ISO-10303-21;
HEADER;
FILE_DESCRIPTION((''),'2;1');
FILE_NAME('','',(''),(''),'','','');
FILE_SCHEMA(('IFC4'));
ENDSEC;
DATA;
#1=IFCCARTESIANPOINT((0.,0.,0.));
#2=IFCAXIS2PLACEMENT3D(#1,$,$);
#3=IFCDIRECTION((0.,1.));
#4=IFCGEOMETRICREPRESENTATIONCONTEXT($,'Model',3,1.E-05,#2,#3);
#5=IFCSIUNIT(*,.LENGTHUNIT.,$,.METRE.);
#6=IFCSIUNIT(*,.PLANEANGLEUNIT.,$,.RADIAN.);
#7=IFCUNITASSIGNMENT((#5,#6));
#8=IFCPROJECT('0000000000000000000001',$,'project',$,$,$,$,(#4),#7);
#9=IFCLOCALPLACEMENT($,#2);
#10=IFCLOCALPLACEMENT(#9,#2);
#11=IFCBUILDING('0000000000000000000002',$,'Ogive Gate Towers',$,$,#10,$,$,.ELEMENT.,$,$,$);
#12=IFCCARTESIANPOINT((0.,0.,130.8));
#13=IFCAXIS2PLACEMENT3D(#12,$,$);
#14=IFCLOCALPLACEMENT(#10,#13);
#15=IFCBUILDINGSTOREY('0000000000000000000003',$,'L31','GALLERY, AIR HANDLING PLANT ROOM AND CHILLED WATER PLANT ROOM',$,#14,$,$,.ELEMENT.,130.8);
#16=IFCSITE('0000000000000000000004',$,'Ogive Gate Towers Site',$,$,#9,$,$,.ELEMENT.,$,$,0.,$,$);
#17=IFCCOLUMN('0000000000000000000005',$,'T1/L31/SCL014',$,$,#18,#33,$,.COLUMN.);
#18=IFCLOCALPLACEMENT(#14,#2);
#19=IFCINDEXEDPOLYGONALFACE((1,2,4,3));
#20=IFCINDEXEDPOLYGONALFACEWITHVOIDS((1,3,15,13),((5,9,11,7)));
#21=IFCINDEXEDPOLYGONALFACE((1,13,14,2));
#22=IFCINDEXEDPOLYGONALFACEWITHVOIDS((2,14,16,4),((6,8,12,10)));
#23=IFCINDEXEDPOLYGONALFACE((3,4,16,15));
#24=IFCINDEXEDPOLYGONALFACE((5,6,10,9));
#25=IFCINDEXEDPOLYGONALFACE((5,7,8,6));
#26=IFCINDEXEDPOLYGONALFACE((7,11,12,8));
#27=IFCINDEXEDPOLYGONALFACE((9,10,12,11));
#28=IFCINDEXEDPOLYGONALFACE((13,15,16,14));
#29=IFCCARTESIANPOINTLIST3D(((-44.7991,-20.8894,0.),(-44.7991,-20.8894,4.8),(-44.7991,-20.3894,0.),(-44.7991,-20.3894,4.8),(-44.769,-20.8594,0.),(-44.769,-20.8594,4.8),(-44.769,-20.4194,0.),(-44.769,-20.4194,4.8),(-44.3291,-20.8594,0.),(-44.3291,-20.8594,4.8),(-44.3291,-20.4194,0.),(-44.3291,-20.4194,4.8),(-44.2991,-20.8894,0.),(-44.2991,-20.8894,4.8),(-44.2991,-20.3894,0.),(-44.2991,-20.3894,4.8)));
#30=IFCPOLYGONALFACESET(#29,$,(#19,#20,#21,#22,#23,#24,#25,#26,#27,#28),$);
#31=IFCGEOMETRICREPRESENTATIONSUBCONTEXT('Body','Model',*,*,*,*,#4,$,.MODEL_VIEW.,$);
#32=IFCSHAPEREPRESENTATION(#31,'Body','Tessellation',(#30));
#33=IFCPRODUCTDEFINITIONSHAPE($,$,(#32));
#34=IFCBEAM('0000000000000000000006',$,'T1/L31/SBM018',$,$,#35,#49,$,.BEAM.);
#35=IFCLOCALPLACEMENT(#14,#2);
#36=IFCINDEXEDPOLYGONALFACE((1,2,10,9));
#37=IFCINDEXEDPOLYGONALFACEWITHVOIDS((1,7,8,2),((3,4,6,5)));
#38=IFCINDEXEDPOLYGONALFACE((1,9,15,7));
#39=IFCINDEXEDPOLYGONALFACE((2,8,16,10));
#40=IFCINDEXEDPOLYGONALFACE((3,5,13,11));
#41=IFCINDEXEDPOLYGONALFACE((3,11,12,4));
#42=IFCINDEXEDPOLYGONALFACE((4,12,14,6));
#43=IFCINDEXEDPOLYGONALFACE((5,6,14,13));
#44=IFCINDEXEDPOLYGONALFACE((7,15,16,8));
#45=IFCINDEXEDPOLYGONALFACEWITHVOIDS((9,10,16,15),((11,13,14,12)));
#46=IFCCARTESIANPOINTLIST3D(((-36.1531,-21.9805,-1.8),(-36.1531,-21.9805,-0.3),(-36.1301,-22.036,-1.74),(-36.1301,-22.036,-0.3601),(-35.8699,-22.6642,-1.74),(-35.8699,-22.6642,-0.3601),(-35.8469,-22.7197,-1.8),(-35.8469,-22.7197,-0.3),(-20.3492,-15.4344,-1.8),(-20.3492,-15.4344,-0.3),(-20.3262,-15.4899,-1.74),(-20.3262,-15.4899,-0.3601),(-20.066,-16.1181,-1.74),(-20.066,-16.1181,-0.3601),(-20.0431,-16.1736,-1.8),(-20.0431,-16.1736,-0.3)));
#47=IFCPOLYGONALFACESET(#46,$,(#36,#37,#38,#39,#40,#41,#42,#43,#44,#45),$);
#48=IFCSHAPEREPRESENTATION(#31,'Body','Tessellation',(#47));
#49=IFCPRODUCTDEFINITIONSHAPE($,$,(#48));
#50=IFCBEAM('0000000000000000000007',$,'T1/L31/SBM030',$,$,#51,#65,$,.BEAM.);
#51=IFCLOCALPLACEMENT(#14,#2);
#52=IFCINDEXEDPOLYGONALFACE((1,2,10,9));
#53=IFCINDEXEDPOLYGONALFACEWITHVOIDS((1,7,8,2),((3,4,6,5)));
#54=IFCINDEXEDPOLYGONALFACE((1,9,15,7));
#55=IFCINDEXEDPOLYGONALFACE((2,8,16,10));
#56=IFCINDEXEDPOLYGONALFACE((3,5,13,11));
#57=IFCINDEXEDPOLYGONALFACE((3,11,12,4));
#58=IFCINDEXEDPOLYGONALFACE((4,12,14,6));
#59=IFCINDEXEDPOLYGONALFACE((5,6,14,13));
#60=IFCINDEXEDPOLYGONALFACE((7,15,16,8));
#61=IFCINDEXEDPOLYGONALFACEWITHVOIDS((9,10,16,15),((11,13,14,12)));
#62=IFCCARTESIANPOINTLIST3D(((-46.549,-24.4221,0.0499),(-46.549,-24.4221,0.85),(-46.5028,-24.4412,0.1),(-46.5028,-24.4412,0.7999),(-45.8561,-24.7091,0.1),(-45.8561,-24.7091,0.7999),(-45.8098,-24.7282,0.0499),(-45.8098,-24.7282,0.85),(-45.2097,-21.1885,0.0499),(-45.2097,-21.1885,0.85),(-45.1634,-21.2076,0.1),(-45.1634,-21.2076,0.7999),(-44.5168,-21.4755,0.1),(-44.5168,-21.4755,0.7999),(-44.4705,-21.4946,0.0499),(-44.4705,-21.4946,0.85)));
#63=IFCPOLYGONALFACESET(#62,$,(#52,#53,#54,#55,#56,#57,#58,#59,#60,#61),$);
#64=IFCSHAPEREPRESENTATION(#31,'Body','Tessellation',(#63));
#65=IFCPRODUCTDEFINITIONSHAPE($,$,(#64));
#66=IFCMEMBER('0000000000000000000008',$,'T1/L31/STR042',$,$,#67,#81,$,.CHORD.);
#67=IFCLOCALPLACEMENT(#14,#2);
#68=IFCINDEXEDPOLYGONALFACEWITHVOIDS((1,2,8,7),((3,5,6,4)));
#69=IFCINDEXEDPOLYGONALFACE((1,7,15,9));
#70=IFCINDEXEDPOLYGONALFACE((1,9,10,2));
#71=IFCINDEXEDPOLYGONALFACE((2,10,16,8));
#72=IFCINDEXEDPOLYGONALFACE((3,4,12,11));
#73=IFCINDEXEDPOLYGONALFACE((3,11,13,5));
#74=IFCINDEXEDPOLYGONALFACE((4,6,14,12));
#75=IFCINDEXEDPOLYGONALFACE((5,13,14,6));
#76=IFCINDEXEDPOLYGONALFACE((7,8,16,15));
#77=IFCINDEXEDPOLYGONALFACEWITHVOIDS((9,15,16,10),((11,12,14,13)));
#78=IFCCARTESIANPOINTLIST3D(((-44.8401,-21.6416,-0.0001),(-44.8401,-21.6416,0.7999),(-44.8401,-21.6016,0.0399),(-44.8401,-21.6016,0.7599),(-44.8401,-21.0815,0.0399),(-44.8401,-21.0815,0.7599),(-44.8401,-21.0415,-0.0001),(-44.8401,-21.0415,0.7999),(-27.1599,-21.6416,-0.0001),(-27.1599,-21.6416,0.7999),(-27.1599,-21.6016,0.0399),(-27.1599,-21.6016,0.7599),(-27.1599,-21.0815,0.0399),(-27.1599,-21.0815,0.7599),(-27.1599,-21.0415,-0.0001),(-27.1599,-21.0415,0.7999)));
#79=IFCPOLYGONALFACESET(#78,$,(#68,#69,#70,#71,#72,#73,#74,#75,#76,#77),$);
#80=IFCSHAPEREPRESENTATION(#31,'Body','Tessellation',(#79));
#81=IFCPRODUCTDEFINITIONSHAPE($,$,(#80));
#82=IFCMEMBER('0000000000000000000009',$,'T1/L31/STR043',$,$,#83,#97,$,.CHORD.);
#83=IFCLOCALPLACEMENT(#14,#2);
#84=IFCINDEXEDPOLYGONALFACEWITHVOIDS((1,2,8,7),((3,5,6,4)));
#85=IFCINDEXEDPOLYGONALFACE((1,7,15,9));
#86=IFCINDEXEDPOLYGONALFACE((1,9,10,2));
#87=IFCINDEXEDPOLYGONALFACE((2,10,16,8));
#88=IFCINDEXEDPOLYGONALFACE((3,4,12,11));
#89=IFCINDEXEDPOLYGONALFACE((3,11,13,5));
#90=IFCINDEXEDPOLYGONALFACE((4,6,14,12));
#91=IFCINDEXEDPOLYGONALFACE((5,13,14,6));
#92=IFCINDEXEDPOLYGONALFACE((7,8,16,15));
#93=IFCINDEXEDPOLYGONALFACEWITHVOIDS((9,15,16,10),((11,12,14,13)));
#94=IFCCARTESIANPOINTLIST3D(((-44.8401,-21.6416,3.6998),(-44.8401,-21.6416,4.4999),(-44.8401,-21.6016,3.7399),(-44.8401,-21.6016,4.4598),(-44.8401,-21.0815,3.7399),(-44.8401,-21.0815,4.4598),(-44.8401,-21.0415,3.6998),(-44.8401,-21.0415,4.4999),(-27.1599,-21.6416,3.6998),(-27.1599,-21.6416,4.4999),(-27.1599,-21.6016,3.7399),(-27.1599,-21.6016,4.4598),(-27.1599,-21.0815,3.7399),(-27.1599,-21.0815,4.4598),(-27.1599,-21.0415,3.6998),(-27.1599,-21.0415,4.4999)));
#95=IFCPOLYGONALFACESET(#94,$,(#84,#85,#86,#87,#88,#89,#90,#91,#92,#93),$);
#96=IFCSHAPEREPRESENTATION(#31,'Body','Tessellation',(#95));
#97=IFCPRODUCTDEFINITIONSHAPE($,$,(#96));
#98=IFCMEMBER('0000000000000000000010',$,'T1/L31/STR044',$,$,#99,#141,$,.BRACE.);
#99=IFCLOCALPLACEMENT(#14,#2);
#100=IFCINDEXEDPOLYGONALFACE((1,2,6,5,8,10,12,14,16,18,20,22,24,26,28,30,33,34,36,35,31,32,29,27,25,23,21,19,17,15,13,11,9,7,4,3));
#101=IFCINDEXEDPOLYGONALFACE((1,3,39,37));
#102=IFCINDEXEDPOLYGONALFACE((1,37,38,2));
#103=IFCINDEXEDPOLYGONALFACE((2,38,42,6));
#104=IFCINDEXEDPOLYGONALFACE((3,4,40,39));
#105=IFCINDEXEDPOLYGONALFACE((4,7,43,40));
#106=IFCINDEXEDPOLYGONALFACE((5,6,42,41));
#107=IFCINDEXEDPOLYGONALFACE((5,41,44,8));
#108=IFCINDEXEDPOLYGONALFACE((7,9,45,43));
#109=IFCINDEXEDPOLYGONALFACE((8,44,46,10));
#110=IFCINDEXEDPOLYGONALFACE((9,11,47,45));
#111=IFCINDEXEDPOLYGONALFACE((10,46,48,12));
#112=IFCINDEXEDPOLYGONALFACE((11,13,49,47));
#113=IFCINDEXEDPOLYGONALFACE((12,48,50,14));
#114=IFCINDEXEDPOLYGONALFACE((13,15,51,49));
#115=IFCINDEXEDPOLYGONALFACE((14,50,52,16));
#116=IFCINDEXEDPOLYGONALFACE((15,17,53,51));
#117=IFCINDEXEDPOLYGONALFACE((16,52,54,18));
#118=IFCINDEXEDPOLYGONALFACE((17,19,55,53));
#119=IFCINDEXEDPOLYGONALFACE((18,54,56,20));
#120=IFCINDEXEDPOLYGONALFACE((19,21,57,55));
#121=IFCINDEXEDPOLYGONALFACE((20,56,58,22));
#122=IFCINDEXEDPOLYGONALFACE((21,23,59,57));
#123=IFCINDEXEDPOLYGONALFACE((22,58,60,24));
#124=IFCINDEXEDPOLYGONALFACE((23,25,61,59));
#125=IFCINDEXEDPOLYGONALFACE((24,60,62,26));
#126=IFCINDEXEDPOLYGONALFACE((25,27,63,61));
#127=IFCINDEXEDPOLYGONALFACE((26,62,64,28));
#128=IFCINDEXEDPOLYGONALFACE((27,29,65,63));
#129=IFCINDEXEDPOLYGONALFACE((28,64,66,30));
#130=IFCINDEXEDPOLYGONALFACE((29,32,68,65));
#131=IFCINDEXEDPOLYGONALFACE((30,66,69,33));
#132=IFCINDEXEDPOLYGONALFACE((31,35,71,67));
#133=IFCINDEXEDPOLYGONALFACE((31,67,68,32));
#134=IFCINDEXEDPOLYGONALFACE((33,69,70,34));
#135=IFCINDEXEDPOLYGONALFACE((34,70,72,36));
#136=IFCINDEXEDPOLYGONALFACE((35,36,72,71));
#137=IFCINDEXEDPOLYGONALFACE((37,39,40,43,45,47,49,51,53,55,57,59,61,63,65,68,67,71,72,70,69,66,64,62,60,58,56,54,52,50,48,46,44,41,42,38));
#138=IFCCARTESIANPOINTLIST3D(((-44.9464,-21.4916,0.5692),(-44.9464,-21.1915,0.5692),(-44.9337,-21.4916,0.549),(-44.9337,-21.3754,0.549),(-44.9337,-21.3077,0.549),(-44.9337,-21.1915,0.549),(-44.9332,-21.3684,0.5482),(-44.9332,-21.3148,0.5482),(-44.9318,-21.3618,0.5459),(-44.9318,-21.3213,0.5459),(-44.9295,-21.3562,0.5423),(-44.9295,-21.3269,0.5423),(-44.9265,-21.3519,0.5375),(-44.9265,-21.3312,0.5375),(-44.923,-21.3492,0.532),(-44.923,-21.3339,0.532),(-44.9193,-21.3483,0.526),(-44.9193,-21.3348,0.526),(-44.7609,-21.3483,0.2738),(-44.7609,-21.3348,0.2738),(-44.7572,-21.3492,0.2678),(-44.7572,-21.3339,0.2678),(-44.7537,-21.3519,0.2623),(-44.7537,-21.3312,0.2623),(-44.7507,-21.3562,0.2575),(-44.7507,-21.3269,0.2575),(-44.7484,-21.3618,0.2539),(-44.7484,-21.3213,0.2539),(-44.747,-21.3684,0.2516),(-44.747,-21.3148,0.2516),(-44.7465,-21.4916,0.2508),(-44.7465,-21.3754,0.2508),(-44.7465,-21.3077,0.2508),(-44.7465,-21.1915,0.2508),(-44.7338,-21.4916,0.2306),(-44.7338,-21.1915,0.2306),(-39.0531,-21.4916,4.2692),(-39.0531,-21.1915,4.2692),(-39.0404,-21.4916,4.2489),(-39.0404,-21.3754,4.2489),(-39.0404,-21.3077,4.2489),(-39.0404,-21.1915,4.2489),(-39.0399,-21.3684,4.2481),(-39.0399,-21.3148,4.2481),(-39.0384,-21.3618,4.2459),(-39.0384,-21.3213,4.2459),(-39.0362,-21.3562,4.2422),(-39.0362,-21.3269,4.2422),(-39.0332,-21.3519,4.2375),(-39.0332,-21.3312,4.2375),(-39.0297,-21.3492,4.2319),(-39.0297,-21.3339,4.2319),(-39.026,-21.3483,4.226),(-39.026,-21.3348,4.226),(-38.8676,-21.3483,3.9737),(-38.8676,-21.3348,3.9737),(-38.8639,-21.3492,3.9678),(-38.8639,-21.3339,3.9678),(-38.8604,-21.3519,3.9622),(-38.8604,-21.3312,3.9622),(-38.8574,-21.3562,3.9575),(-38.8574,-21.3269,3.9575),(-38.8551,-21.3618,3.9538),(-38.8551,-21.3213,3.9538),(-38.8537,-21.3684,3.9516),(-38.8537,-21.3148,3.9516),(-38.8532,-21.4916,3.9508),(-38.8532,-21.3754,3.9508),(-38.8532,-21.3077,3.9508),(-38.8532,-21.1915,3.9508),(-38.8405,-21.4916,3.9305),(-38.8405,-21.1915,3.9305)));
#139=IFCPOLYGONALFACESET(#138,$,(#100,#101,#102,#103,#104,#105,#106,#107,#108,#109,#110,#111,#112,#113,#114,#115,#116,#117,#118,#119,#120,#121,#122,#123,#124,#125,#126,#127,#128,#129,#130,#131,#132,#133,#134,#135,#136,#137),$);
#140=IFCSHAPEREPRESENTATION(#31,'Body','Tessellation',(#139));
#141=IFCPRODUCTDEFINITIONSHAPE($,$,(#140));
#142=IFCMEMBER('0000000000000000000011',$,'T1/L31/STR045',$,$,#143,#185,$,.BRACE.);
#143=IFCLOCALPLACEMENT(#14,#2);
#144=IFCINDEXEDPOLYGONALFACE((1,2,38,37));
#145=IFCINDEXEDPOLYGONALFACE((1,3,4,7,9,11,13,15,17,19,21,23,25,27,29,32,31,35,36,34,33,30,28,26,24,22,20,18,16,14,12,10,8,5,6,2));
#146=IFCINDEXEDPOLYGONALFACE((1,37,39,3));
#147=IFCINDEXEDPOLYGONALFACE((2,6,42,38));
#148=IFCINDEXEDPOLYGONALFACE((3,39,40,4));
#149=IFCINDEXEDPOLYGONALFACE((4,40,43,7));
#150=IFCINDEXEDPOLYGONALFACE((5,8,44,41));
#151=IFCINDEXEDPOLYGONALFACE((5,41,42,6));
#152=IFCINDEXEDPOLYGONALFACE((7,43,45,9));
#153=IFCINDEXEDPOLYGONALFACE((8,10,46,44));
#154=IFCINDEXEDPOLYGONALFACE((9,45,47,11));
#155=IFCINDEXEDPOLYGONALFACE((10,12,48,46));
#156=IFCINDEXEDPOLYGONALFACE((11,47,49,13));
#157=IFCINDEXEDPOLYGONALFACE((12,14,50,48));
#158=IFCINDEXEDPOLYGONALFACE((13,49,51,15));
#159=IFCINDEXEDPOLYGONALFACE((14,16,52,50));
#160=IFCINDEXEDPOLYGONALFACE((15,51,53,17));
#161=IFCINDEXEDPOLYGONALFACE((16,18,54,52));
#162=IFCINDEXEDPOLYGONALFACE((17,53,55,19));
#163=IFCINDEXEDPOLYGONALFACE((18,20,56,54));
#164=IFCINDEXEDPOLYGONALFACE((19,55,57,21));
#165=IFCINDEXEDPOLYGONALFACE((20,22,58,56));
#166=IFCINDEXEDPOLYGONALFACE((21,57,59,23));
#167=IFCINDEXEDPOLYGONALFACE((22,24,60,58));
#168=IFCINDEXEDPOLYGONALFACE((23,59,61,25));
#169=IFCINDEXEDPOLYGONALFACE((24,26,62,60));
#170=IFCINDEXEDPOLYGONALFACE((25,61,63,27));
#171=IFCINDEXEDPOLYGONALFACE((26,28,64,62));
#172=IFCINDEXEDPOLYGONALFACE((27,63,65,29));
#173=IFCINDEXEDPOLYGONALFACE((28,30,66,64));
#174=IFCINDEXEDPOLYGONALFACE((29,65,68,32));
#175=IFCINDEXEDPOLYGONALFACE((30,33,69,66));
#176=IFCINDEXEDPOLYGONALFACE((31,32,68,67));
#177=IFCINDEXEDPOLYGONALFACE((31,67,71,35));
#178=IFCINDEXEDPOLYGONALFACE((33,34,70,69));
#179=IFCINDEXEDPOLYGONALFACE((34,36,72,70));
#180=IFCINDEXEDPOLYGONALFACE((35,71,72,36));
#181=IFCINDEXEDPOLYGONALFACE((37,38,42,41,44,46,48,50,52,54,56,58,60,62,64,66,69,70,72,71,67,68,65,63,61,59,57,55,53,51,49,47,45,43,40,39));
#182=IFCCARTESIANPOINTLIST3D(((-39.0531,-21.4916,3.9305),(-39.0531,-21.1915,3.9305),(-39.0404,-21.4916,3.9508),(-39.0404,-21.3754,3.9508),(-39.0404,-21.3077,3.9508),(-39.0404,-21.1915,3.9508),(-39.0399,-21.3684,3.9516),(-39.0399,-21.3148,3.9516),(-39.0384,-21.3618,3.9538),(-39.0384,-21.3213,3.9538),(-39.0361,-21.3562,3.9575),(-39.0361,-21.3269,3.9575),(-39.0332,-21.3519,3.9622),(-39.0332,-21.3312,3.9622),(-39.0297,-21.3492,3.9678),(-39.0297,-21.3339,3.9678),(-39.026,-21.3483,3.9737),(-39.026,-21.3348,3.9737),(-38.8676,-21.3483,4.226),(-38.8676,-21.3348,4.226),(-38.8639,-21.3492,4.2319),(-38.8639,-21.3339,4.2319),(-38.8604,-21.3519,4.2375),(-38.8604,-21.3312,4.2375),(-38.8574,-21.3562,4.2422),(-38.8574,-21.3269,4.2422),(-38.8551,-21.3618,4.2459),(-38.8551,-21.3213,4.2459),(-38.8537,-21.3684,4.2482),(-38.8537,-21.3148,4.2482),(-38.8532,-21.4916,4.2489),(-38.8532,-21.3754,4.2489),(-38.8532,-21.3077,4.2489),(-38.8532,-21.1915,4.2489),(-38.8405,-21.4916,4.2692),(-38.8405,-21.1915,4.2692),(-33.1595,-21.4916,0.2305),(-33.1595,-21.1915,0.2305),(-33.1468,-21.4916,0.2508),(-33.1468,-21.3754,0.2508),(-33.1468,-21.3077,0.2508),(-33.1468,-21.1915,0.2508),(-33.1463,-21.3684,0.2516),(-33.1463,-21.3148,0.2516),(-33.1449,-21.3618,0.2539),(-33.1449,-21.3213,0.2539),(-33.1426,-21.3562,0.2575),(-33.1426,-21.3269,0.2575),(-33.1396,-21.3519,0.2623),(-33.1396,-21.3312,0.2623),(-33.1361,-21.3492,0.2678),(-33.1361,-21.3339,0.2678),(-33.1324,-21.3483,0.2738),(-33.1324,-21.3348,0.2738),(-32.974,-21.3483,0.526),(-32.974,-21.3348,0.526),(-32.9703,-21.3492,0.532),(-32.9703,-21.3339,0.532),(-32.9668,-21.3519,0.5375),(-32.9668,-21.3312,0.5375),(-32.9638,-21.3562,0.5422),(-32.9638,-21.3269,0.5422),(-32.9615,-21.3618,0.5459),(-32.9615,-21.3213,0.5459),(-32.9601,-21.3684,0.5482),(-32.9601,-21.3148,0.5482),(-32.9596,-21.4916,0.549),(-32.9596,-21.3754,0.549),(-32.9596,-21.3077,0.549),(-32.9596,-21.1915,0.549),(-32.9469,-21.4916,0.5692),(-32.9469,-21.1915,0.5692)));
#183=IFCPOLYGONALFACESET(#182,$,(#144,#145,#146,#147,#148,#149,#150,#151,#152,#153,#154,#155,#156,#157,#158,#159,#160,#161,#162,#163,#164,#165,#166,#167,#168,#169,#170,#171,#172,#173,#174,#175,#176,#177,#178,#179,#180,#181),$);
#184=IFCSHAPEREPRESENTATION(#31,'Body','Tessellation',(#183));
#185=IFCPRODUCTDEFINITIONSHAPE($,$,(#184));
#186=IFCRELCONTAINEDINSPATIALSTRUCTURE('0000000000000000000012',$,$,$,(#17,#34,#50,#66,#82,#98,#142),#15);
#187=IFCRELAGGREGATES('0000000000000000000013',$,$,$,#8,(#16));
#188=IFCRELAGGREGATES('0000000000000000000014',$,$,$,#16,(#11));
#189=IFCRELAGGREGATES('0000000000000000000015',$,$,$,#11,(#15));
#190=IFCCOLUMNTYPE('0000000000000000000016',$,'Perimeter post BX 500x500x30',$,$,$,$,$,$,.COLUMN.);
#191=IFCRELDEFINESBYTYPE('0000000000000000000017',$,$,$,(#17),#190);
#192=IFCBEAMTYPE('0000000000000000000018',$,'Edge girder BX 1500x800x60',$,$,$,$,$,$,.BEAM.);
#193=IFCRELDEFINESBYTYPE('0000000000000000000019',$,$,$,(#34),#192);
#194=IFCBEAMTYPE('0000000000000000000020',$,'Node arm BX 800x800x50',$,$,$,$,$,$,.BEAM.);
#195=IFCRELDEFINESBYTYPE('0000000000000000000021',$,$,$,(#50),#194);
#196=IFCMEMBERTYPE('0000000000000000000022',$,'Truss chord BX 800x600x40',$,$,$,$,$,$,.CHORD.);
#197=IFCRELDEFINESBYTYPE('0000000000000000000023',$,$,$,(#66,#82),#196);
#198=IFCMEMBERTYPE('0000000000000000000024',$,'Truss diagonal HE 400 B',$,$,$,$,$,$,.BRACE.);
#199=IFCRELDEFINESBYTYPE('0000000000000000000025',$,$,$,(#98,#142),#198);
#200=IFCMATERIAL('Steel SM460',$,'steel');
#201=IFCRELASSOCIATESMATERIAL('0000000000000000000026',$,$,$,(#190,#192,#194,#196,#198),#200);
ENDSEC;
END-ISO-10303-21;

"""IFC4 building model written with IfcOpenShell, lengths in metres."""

from ifc_helpers import new_model, si_unit, direction, frame, origin, origin_2d, place, context, subcontext, project, spatial, hollow_rectangle, i_section, extrude, material, material_profile, profile_set, type_object, element, save


model = new_model("IFC4")

# Units and contexts
model_context = context("Model", 3, precision=1e-05, world=origin(), true_north=direction((0.0, 1.0)))
body_context = subcontext(model_context, "Body", "Model", "MODEL_VIEW")
ifc_project = project(units=[si_unit("LENGTHUNIT", "METRE"), si_unit("PLANEANGLEUNIT", "RADIAN")], contexts=[model_context])

# Site, building, storey
site_placement = place(None, origin())
site = spatial("IfcSite", under=ifc_project, at=site_placement, Name="Ogive Gate Towers Site", CompositionType="ELEMENT", RefElevation=0.0)
building_placement = place(site_placement, origin())
building = spatial("IfcBuilding", under=site, at=building_placement, Name="Ogive Gate Towers", CompositionType="ELEMENT")
storey_placement = place(building_placement, frame((0.0, 0.0, 130.8)))
storey = spatial("IfcBuildingStorey", under=building, at=storey_placement, Name="L31", Description="GALLERY, AIR HANDLING PLANT ROOM AND CHILLED WATER PLANT ROOM", CompositionType="ELEMENT", Elevation=130.8)

# Column
ifc_material_1 = material(Name="Steel SM460", Category="steel")
ifc_material_profile_1 = material_profile(ifc_material_1, hollow_rectangle(XDim=0.5, YDim=0.5, WallThickness=0.03, at=origin_2d()), Name="BX 500x500x30")
ifc_profile_set_1 = profile_set([ifc_material_profile_1], Name="Steel SM460")
column_type = type_object("IfcColumnType", Name="Perimeter post BX 500x500x30", PredefinedType="COLUMN", material=ifc_profile_set_1)
column_placement = place(storey_placement, frame((-44.5491, -20.6394, 0.0), z_axis=(0.0, 0.0, 1.0), x_axis=(1.0, 0.0, 0.0)))
element("IfcColumn", 1, at=column_placement, inside=storey, type_object=column_type, Name="T1/L31/SCL014", PredefinedType="COLUMN", context=body_context, shape_type="SweptSolid", body=[
    extrude(hollow_rectangle(XDim=0.5, YDim=0.5, WallThickness=0.03, at=origin_2d()), origin(), (0.0, 0.0, 1.0), 4.8),
])

# Beams
ifc_material_profile_2 = material_profile(ifc_material_1, hollow_rectangle(XDim=0.8, YDim=1.5, WallThickness=0.0601, at=origin_2d()), Name="BX 1500x800x60")
ifc_profile_set_2 = profile_set([ifc_material_profile_2], Name="Steel SM460")
beam_type_1 = type_object("IfcBeamType", Name="Edge girder BX 1500x800x60", PredefinedType="BEAM", material=ifc_profile_set_2)
beam_1_placement = place(storey_placement, frame((-36.0, -22.3501, -1.05), z_axis=(0.923881, 0.38268, 0.0), x_axis=(-0.38268, 0.923881, 0.0)))
element("IfcBeam", 2, at=beam_1_placement, inside=storey, type_object=beam_type_1, Name="T1/L31/SBM018", PredefinedType="BEAM", context=body_context, shape_type="SweptSolid", body=[
    extrude(hollow_rectangle(XDim=0.8, YDim=1.5, WallThickness=0.0601, at=origin_2d()), origin(), (0.0, 0.0, 1.0), 17.106),
])
ifc_material_profile_3 = material_profile(ifc_material_1, hollow_rectangle(XDim=0.8, YDim=0.8, WallThickness=0.05, at=origin_2d()), Name="BX 800x800x50")
ifc_profile_set_3 = profile_set([ifc_material_profile_3], Name="Steel SM460")
beam_type_2 = type_object("IfcBeamType", Name="Node arm BX 800x800x50", PredefinedType="BEAM", material=ifc_profile_set_3)
beam_2_placement = place(storey_placement, frame((-44.8401, -21.3416, 0.45), z_axis=(-0.382668, -0.923886, 0.0), x_axis=(0.923886, -0.382668, 0.0)))
element("IfcBeam", 3, at=beam_2_placement, inside=storey, type_object=beam_type_2, Name="T1/L31/SBM030", PredefinedType="BEAM", context=body_context, shape_type="SweptSolid", body=[
    extrude(hollow_rectangle(XDim=0.8, YDim=0.8, WallThickness=0.05, at=origin_2d()), origin(), (0.0, 0.0, 1.0), 3.5),
])

# Members
ifc_material_profile_4 = material_profile(ifc_material_1, hollow_rectangle(XDim=0.6001, YDim=0.8, WallThickness=0.04, at=origin_2d()), Name="BX 800x600x40")
ifc_profile_set_4 = profile_set([ifc_material_profile_4], Name="Steel SM460")
member_type_1 = type_object("IfcMemberType", Name="Truss chord BX 800x600x40", PredefinedType="CHORD", material=ifc_profile_set_4)
for number, where, z_axis, x_axis, name in (
    (4, (-44.8401, -21.3416, 0.3999), (1.0, 0.0, 0.0), (0.0, 1.0, 0.0), "T1/L31/STR042"),
    (5, (-44.8401, -21.3416, 4.0999), (1.0, 0.0, 0.0), (0.0, 1.0, 0.0), "T1/L31/STR043"),
):
    element("IfcMember", number, at=place(storey_placement, frame(where, z_axis=z_axis, x_axis=x_axis)), inside=storey, type_object=member_type_1, Name=name, PredefinedType="CHORD", context=body_context, shape_type="SweptSolid", body=[
        extrude(hollow_rectangle(XDim=0.6001, YDim=0.8, WallThickness=0.04, at=origin_2d()), origin(), (0.0, 0.0, 1.0), 17.6802),
    ])
ifc_material_profile_5 = material_profile(ifc_material_1, i_section(OverallWidth=0.3, OverallDepth=0.3999, WebThickness=0.0134, FlangeThickness=0.0239, FilletRadius=0.0271, at=origin_2d()), Name="HE 400 B")
ifc_profile_set_5 = profile_set([ifc_material_profile_5], Name="Steel SM460")
member_type_2 = type_object("IfcMemberType", Name="Truss diagonal HE 400 B", PredefinedType="BRACE", material=ifc_profile_set_5)
member_1_placement = place(storey_placement, frame((-44.8401, -21.3416, 0.3999), z_axis=(0.846922, 0.0, 0.531717), x_axis=(0.0, 1.0, 0.0)))
element("IfcMember", 6, at=member_1_placement, inside=storey, type_object=member_type_2, Name="T1/L31/STR044", PredefinedType="BRACE", context=body_context, shape_type="SweptSolid", body=[
    extrude(i_section(OverallWidth=0.3, OverallDepth=0.3999, WebThickness=0.0134, FlangeThickness=0.0239, FilletRadius=0.0271, at=origin_2d()), origin(), (0.0, 0.0, 1.0), 6.9585),
])
member_2_placement = place(storey_placement, frame((-38.9468, -21.3416, 4.0999), z_axis=(0.846932, 0.0, -0.531701), x_axis=(0.0, 1.0, 0.0)))
element("IfcMember", 7, at=member_2_placement, inside=storey, type_object=member_type_2, Name="T1/L31/STR045", PredefinedType="BRACE", context=body_context, shape_type="SweptSolid", body=[
    extrude(i_section(OverallWidth=0.3, OverallDepth=0.3999, WebThickness=0.0134, FlangeThickness=0.0239, FilletRadius=0.0271, at=origin_2d()), origin(), (0.0, 0.0, 1.0), 6.9587),
])

save(model, "model.ifc")
